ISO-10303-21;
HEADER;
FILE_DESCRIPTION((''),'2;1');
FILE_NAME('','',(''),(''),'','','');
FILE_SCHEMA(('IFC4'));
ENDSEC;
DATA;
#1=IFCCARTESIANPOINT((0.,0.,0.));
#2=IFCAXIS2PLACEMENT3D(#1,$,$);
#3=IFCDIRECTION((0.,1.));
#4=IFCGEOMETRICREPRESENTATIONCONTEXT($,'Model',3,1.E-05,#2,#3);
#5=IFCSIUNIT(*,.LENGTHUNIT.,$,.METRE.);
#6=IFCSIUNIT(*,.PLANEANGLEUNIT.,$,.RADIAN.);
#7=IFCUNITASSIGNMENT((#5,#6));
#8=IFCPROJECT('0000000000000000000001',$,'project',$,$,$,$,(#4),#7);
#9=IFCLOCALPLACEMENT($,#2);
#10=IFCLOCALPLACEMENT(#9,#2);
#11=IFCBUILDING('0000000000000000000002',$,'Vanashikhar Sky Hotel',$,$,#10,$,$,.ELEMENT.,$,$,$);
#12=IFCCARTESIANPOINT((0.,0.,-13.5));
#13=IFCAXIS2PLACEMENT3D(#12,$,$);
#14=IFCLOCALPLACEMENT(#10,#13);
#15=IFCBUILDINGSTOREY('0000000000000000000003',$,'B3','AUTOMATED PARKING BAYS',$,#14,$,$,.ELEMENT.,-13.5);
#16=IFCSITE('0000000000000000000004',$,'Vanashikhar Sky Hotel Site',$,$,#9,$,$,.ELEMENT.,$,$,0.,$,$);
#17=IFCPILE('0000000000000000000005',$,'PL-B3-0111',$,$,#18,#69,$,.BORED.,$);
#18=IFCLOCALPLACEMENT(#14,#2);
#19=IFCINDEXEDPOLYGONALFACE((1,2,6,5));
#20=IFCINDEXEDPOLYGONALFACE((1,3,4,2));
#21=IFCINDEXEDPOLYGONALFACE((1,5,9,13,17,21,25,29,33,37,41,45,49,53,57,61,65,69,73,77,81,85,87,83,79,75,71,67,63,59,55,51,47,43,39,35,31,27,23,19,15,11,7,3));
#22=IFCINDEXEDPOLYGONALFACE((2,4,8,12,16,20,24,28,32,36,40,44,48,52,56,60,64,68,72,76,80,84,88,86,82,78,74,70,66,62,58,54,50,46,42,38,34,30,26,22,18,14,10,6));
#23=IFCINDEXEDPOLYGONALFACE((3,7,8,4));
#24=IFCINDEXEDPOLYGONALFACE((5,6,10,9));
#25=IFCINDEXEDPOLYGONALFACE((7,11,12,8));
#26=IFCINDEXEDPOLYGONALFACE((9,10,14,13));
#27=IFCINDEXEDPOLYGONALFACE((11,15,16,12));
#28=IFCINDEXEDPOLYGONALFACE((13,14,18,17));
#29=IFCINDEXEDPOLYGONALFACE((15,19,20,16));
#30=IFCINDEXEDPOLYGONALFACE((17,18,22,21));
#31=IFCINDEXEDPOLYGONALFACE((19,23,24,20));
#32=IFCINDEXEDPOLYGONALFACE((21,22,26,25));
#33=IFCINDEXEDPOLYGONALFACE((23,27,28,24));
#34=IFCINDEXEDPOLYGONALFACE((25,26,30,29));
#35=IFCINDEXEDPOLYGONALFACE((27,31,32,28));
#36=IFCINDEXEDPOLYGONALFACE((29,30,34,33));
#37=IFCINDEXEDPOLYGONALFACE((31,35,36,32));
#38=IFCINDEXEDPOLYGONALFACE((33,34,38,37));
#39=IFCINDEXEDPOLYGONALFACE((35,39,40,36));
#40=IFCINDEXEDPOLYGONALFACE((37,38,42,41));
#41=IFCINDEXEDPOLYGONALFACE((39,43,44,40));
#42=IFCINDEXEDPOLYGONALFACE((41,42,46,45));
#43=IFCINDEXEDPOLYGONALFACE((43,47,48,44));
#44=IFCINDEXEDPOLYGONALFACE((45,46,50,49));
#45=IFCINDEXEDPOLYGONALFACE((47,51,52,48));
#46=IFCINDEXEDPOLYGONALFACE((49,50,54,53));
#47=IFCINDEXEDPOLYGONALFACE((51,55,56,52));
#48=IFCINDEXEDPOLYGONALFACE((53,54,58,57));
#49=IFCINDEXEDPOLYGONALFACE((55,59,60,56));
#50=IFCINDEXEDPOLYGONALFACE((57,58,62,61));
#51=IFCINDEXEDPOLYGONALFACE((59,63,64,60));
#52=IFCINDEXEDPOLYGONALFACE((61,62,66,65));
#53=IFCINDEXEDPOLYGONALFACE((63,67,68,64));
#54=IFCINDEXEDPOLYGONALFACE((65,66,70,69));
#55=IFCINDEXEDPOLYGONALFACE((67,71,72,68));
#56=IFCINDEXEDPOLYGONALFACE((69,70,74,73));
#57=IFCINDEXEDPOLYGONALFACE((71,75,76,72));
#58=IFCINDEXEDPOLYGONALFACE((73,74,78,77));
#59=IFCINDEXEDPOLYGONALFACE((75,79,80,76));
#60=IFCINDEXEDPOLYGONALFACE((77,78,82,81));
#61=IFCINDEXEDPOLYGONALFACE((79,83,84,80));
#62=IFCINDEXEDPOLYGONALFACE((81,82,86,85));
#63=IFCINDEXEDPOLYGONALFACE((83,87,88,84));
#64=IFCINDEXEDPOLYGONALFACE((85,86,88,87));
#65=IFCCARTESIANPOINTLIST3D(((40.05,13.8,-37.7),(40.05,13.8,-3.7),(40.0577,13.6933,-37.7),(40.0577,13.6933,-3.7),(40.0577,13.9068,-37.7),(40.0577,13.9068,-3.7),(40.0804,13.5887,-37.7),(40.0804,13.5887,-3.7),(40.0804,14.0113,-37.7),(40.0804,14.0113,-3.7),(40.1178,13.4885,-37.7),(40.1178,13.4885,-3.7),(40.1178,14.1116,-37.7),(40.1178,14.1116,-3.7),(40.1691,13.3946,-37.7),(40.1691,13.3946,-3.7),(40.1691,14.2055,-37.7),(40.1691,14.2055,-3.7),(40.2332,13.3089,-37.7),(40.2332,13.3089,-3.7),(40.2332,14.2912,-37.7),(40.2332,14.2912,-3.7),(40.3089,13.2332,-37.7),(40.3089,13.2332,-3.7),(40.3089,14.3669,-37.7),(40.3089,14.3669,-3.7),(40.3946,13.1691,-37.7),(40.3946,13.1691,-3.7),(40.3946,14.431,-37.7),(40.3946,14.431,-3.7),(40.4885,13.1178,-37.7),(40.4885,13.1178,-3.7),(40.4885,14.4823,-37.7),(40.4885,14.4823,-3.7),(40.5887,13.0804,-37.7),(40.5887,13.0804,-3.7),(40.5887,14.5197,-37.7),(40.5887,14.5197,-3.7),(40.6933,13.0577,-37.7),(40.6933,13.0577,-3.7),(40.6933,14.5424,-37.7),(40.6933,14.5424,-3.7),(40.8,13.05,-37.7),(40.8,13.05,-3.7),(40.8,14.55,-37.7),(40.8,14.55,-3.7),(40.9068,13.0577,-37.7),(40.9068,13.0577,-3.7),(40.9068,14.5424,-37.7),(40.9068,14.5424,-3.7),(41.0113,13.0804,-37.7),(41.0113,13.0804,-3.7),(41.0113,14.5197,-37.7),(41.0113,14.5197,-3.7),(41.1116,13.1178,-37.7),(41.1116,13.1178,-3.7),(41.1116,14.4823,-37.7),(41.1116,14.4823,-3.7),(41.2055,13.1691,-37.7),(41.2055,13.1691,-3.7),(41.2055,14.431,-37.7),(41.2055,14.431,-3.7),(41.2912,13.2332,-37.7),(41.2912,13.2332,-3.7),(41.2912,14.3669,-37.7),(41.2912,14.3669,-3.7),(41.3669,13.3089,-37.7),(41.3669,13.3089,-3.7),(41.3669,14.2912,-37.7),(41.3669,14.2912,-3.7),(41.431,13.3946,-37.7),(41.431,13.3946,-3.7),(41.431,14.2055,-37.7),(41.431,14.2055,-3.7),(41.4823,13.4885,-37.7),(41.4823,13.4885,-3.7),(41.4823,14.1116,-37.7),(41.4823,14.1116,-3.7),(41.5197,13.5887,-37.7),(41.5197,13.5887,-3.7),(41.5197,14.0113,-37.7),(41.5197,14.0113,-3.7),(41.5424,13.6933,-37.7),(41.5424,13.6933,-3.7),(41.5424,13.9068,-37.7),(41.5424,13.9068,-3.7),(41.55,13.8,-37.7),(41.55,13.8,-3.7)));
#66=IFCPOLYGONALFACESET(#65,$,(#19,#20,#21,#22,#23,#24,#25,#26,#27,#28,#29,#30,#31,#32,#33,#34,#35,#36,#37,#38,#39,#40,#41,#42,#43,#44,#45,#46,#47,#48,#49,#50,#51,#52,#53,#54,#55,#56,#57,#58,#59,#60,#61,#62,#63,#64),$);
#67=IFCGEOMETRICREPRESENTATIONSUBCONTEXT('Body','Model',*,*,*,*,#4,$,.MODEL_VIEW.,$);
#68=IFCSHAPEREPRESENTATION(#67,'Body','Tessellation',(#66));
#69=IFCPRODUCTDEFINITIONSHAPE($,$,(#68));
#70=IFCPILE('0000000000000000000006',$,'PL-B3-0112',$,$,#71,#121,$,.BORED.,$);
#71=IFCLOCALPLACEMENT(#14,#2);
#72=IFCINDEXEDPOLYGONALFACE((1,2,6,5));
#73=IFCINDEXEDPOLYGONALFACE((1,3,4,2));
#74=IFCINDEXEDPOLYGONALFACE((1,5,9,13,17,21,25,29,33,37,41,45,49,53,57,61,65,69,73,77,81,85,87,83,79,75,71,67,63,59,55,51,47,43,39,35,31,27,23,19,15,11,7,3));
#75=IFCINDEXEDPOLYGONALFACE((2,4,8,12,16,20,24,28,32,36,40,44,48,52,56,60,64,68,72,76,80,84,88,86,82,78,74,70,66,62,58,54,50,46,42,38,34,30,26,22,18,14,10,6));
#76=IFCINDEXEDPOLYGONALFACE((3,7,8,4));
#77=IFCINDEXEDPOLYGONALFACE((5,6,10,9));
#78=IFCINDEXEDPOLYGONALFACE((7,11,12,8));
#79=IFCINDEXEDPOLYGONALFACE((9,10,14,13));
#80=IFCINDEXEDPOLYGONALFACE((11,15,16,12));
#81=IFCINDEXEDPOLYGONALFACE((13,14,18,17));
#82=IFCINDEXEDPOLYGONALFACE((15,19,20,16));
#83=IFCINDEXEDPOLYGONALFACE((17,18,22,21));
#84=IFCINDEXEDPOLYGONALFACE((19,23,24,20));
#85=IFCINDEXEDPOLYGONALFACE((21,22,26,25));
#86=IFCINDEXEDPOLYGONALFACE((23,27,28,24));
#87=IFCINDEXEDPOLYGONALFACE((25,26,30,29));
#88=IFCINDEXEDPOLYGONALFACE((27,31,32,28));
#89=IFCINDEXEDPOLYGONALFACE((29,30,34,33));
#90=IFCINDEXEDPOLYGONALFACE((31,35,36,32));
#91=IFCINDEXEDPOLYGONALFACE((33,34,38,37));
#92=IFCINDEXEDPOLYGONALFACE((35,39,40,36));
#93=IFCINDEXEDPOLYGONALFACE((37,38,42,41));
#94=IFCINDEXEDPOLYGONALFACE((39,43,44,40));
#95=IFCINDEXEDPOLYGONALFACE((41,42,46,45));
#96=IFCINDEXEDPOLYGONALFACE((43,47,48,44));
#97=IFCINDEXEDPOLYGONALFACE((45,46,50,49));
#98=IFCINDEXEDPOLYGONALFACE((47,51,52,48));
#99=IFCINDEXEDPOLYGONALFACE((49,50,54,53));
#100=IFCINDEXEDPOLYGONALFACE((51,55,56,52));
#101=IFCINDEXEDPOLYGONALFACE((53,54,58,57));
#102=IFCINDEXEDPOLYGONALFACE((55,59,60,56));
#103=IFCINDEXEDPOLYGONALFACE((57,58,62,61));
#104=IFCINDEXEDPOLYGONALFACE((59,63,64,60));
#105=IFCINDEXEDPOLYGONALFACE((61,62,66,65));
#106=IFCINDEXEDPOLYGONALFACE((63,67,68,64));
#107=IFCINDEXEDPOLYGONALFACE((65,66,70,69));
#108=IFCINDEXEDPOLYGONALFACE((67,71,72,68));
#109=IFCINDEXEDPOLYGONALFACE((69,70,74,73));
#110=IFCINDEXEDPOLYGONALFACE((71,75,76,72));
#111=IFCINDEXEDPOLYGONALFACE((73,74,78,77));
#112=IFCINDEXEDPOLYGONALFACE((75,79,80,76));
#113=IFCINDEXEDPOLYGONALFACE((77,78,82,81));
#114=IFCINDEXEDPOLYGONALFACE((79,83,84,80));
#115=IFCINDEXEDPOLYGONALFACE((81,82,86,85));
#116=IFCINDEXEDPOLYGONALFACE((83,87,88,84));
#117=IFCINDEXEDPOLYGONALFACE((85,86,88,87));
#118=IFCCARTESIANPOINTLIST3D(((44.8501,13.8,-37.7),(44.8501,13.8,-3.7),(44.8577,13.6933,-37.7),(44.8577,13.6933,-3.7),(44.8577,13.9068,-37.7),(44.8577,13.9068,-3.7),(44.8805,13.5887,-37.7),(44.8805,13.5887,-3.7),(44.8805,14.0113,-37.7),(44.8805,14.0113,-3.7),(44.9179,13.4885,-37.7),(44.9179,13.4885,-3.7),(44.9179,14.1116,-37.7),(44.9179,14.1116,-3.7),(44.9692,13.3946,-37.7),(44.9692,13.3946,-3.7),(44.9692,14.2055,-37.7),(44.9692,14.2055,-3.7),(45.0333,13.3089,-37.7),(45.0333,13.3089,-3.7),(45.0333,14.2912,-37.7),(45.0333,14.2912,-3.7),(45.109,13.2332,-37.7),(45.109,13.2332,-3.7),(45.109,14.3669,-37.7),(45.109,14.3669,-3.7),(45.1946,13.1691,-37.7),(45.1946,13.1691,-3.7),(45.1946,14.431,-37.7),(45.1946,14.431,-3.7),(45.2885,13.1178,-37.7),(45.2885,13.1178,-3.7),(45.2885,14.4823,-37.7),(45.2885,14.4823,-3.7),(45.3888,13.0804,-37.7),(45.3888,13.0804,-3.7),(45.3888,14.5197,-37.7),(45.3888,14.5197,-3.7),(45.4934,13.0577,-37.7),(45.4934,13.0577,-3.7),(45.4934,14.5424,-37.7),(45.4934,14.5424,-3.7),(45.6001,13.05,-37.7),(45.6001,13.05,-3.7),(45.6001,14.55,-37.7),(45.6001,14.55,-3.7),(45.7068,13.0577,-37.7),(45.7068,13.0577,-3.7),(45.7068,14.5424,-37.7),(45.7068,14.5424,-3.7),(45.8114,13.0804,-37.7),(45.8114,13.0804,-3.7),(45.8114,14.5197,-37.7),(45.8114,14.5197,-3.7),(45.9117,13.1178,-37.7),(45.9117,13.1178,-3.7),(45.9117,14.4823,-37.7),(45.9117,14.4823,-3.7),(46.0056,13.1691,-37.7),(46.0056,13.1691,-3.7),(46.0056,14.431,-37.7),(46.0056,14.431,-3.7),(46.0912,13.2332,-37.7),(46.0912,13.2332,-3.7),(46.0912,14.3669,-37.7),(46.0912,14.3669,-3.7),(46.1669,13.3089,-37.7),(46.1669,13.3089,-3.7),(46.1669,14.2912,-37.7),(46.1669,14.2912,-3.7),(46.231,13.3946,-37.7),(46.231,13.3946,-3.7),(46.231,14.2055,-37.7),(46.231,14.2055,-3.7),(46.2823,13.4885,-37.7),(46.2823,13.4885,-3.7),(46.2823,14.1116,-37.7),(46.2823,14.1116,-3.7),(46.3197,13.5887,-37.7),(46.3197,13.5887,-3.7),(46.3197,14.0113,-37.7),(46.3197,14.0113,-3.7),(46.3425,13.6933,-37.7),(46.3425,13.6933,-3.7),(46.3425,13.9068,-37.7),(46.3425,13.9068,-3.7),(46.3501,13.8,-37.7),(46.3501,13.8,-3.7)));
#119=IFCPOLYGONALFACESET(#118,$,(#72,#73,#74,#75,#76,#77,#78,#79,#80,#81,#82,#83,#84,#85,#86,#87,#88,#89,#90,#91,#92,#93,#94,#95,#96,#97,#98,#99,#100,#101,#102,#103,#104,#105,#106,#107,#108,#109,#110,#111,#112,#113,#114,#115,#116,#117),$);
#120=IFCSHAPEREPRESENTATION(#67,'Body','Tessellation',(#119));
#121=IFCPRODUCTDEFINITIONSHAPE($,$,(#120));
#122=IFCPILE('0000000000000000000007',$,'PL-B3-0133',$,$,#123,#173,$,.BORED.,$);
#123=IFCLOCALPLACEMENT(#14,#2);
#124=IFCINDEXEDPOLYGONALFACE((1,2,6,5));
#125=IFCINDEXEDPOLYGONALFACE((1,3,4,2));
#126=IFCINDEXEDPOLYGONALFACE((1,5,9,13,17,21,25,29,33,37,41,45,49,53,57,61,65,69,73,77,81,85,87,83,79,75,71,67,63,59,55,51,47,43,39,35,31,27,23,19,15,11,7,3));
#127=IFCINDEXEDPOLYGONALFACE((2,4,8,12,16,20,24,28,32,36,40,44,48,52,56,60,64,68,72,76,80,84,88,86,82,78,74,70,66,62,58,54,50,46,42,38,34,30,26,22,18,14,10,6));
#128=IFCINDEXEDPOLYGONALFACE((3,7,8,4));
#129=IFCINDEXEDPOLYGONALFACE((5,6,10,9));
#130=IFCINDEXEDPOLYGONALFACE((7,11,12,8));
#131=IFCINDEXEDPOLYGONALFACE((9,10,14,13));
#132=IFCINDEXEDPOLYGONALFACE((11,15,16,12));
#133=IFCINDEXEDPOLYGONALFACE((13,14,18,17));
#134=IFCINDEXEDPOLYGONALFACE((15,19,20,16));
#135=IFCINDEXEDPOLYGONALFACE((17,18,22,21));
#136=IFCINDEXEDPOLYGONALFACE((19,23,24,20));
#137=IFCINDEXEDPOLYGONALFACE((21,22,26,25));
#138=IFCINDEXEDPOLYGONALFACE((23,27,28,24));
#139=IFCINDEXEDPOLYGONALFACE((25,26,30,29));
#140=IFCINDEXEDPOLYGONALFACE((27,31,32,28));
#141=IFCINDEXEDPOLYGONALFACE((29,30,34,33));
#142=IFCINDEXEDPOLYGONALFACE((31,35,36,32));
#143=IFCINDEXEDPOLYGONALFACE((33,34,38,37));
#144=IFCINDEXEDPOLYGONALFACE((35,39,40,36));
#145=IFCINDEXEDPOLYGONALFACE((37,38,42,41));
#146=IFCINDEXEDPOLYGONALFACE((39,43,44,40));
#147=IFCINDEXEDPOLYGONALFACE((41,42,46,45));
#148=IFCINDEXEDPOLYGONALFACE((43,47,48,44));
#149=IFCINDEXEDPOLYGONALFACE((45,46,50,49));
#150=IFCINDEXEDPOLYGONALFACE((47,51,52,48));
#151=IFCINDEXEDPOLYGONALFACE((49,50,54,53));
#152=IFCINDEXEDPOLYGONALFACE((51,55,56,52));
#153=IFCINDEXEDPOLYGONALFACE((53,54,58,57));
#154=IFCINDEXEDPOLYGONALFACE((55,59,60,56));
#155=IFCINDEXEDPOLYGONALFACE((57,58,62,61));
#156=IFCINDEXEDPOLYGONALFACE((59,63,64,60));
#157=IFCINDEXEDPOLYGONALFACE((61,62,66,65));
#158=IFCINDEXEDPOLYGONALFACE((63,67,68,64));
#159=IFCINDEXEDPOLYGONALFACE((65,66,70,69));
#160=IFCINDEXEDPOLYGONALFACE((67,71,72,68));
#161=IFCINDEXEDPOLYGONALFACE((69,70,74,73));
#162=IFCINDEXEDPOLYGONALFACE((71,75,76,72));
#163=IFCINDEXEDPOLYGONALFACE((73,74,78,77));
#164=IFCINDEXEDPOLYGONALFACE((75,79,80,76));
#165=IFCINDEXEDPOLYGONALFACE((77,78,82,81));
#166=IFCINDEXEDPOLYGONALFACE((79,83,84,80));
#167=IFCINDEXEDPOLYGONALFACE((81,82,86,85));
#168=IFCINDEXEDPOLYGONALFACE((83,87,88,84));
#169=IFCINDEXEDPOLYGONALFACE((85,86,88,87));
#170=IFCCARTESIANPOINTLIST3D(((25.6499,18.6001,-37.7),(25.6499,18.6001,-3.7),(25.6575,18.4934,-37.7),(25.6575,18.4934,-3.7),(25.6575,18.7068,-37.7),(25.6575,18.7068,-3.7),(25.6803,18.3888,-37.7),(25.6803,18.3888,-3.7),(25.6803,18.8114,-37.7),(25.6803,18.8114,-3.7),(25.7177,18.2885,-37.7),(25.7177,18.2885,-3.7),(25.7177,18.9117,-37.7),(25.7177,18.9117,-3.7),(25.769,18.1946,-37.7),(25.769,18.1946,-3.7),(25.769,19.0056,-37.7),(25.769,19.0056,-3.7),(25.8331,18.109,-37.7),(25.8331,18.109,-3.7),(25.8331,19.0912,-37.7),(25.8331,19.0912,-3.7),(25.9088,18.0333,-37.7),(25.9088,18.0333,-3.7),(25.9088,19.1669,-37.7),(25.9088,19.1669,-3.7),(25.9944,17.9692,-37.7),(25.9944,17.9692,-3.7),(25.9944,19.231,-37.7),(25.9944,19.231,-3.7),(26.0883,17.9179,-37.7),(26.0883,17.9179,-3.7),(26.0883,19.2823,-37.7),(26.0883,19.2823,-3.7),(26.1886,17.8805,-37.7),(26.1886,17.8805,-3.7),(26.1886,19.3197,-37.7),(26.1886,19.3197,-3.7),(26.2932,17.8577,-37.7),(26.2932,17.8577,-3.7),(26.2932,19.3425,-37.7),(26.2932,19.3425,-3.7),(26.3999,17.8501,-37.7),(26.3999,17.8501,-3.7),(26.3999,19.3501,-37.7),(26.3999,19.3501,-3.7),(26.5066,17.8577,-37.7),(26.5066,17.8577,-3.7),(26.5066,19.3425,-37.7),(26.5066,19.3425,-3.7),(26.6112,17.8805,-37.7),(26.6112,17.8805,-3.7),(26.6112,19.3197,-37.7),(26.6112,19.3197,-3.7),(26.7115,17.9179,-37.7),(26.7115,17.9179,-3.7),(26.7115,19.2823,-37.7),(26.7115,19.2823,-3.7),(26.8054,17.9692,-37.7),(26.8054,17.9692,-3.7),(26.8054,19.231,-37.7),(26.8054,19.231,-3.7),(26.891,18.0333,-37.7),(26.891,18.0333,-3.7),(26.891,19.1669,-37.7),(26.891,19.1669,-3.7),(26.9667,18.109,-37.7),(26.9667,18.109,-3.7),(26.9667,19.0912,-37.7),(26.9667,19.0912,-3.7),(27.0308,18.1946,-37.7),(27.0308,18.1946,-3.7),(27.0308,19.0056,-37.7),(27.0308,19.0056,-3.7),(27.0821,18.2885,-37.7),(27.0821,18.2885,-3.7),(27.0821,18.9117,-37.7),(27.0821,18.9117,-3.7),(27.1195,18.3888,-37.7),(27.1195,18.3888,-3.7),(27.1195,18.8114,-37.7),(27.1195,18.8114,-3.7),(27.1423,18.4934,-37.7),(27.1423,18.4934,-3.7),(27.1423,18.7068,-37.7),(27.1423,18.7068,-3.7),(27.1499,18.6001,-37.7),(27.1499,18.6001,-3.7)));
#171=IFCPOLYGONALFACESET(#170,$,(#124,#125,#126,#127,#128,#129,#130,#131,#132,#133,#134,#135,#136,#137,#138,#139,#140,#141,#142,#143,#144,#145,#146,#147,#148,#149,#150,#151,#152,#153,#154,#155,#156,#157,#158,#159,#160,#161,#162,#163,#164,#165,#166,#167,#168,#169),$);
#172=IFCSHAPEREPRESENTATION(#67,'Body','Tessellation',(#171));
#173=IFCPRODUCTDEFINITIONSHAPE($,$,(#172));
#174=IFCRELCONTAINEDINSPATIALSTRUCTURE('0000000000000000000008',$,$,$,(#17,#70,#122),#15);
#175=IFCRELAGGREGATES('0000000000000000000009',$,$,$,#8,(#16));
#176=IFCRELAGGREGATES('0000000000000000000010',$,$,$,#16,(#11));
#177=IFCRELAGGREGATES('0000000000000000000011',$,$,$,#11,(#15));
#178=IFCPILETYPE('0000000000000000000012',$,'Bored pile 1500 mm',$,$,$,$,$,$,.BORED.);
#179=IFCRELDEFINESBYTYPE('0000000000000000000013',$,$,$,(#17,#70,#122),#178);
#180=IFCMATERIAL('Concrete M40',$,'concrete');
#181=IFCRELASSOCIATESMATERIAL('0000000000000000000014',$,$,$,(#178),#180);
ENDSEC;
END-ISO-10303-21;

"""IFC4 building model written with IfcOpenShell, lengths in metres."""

from ifc_helpers import new_model, si_unit, direction, frame, origin, origin_2d, place, context, subcontext, project, spatial, circle, extrude, source, transform, mapped, material, type_object, element, save


model = new_model("IFC4")

# Units and contexts
model_context = context("Model", 3, precision=1e-05, world=origin(), true_north=direction((0.0, 1.0)))
body_context = subcontext(model_context, "Body", "Model", "MODEL_VIEW")
ifc_project = project(units=[si_unit("LENGTHUNIT", "METRE"), si_unit("PLANEANGLEUNIT", "RADIAN")], contexts=[model_context])

# Site, building, storey
site_placement = place(None, origin())
site = spatial("IfcSite", under=ifc_project, at=site_placement, Name="Vanashikhar Sky Hotel Site", CompositionType="ELEMENT", RefElevation=0.0)
building_placement = place(site_placement, origin())
building = spatial("IfcBuilding", under=site, at=building_placement, Name="Vanashikhar Sky Hotel", CompositionType="ELEMENT")
storey_placement = place(building_placement, frame((0.0, 0.0, -13.5)))
storey = spatial("IfcBuildingStorey", under=building, at=storey_placement, Name="B3", Description="AUTOMATED PARKING BAYS", CompositionType="ELEMENT", Elevation=-13.5)

# Piles
ifc_material_1 = material(Name="Concrete M40", Category="concrete")
pile_type = type_object("IfcPileType", Name="Bored pile 1500 mm", PredefinedType="BORED", material=ifc_material_1)
shared_shape_1 = source(origin(), body_context, "Body", "SweptSolid", [
    extrude(circle(Radius=0.75, at=origin_2d()), origin(), (0.0, 0.0, 1.0), 34.0),
])
for number, where, z_axis, x_axis, name in (
    (1, (40.8, 13.8, -3.7), (0.0, 0.0, -1.0), (1.0, 0.0, 0.0), "PL-B3-0111"),
    (2, (45.6001, 13.8, -3.7), (0.0, 0.0, -1.0), (1.0, 0.0, 0.0), "PL-B3-0112"),
    (3, (26.3999, 18.6001, -3.7), (0.0, 0.0, -1.0), (1.0, 0.0, 0.0), "PL-B3-0133"),
):
    element("IfcPile", number, at=place(storey_placement, frame(where, z_axis=z_axis, x_axis=x_axis)), inside=storey, type_object=pile_type, Name=name, PredefinedType="BORED", context=body_context, shape_type="MappedRepresentation", body=[
        mapped(shared_shape_1, transform((0.0, 0.0, 0.0), scale=1.0)),
    ])

save(model, "model.ifc")
